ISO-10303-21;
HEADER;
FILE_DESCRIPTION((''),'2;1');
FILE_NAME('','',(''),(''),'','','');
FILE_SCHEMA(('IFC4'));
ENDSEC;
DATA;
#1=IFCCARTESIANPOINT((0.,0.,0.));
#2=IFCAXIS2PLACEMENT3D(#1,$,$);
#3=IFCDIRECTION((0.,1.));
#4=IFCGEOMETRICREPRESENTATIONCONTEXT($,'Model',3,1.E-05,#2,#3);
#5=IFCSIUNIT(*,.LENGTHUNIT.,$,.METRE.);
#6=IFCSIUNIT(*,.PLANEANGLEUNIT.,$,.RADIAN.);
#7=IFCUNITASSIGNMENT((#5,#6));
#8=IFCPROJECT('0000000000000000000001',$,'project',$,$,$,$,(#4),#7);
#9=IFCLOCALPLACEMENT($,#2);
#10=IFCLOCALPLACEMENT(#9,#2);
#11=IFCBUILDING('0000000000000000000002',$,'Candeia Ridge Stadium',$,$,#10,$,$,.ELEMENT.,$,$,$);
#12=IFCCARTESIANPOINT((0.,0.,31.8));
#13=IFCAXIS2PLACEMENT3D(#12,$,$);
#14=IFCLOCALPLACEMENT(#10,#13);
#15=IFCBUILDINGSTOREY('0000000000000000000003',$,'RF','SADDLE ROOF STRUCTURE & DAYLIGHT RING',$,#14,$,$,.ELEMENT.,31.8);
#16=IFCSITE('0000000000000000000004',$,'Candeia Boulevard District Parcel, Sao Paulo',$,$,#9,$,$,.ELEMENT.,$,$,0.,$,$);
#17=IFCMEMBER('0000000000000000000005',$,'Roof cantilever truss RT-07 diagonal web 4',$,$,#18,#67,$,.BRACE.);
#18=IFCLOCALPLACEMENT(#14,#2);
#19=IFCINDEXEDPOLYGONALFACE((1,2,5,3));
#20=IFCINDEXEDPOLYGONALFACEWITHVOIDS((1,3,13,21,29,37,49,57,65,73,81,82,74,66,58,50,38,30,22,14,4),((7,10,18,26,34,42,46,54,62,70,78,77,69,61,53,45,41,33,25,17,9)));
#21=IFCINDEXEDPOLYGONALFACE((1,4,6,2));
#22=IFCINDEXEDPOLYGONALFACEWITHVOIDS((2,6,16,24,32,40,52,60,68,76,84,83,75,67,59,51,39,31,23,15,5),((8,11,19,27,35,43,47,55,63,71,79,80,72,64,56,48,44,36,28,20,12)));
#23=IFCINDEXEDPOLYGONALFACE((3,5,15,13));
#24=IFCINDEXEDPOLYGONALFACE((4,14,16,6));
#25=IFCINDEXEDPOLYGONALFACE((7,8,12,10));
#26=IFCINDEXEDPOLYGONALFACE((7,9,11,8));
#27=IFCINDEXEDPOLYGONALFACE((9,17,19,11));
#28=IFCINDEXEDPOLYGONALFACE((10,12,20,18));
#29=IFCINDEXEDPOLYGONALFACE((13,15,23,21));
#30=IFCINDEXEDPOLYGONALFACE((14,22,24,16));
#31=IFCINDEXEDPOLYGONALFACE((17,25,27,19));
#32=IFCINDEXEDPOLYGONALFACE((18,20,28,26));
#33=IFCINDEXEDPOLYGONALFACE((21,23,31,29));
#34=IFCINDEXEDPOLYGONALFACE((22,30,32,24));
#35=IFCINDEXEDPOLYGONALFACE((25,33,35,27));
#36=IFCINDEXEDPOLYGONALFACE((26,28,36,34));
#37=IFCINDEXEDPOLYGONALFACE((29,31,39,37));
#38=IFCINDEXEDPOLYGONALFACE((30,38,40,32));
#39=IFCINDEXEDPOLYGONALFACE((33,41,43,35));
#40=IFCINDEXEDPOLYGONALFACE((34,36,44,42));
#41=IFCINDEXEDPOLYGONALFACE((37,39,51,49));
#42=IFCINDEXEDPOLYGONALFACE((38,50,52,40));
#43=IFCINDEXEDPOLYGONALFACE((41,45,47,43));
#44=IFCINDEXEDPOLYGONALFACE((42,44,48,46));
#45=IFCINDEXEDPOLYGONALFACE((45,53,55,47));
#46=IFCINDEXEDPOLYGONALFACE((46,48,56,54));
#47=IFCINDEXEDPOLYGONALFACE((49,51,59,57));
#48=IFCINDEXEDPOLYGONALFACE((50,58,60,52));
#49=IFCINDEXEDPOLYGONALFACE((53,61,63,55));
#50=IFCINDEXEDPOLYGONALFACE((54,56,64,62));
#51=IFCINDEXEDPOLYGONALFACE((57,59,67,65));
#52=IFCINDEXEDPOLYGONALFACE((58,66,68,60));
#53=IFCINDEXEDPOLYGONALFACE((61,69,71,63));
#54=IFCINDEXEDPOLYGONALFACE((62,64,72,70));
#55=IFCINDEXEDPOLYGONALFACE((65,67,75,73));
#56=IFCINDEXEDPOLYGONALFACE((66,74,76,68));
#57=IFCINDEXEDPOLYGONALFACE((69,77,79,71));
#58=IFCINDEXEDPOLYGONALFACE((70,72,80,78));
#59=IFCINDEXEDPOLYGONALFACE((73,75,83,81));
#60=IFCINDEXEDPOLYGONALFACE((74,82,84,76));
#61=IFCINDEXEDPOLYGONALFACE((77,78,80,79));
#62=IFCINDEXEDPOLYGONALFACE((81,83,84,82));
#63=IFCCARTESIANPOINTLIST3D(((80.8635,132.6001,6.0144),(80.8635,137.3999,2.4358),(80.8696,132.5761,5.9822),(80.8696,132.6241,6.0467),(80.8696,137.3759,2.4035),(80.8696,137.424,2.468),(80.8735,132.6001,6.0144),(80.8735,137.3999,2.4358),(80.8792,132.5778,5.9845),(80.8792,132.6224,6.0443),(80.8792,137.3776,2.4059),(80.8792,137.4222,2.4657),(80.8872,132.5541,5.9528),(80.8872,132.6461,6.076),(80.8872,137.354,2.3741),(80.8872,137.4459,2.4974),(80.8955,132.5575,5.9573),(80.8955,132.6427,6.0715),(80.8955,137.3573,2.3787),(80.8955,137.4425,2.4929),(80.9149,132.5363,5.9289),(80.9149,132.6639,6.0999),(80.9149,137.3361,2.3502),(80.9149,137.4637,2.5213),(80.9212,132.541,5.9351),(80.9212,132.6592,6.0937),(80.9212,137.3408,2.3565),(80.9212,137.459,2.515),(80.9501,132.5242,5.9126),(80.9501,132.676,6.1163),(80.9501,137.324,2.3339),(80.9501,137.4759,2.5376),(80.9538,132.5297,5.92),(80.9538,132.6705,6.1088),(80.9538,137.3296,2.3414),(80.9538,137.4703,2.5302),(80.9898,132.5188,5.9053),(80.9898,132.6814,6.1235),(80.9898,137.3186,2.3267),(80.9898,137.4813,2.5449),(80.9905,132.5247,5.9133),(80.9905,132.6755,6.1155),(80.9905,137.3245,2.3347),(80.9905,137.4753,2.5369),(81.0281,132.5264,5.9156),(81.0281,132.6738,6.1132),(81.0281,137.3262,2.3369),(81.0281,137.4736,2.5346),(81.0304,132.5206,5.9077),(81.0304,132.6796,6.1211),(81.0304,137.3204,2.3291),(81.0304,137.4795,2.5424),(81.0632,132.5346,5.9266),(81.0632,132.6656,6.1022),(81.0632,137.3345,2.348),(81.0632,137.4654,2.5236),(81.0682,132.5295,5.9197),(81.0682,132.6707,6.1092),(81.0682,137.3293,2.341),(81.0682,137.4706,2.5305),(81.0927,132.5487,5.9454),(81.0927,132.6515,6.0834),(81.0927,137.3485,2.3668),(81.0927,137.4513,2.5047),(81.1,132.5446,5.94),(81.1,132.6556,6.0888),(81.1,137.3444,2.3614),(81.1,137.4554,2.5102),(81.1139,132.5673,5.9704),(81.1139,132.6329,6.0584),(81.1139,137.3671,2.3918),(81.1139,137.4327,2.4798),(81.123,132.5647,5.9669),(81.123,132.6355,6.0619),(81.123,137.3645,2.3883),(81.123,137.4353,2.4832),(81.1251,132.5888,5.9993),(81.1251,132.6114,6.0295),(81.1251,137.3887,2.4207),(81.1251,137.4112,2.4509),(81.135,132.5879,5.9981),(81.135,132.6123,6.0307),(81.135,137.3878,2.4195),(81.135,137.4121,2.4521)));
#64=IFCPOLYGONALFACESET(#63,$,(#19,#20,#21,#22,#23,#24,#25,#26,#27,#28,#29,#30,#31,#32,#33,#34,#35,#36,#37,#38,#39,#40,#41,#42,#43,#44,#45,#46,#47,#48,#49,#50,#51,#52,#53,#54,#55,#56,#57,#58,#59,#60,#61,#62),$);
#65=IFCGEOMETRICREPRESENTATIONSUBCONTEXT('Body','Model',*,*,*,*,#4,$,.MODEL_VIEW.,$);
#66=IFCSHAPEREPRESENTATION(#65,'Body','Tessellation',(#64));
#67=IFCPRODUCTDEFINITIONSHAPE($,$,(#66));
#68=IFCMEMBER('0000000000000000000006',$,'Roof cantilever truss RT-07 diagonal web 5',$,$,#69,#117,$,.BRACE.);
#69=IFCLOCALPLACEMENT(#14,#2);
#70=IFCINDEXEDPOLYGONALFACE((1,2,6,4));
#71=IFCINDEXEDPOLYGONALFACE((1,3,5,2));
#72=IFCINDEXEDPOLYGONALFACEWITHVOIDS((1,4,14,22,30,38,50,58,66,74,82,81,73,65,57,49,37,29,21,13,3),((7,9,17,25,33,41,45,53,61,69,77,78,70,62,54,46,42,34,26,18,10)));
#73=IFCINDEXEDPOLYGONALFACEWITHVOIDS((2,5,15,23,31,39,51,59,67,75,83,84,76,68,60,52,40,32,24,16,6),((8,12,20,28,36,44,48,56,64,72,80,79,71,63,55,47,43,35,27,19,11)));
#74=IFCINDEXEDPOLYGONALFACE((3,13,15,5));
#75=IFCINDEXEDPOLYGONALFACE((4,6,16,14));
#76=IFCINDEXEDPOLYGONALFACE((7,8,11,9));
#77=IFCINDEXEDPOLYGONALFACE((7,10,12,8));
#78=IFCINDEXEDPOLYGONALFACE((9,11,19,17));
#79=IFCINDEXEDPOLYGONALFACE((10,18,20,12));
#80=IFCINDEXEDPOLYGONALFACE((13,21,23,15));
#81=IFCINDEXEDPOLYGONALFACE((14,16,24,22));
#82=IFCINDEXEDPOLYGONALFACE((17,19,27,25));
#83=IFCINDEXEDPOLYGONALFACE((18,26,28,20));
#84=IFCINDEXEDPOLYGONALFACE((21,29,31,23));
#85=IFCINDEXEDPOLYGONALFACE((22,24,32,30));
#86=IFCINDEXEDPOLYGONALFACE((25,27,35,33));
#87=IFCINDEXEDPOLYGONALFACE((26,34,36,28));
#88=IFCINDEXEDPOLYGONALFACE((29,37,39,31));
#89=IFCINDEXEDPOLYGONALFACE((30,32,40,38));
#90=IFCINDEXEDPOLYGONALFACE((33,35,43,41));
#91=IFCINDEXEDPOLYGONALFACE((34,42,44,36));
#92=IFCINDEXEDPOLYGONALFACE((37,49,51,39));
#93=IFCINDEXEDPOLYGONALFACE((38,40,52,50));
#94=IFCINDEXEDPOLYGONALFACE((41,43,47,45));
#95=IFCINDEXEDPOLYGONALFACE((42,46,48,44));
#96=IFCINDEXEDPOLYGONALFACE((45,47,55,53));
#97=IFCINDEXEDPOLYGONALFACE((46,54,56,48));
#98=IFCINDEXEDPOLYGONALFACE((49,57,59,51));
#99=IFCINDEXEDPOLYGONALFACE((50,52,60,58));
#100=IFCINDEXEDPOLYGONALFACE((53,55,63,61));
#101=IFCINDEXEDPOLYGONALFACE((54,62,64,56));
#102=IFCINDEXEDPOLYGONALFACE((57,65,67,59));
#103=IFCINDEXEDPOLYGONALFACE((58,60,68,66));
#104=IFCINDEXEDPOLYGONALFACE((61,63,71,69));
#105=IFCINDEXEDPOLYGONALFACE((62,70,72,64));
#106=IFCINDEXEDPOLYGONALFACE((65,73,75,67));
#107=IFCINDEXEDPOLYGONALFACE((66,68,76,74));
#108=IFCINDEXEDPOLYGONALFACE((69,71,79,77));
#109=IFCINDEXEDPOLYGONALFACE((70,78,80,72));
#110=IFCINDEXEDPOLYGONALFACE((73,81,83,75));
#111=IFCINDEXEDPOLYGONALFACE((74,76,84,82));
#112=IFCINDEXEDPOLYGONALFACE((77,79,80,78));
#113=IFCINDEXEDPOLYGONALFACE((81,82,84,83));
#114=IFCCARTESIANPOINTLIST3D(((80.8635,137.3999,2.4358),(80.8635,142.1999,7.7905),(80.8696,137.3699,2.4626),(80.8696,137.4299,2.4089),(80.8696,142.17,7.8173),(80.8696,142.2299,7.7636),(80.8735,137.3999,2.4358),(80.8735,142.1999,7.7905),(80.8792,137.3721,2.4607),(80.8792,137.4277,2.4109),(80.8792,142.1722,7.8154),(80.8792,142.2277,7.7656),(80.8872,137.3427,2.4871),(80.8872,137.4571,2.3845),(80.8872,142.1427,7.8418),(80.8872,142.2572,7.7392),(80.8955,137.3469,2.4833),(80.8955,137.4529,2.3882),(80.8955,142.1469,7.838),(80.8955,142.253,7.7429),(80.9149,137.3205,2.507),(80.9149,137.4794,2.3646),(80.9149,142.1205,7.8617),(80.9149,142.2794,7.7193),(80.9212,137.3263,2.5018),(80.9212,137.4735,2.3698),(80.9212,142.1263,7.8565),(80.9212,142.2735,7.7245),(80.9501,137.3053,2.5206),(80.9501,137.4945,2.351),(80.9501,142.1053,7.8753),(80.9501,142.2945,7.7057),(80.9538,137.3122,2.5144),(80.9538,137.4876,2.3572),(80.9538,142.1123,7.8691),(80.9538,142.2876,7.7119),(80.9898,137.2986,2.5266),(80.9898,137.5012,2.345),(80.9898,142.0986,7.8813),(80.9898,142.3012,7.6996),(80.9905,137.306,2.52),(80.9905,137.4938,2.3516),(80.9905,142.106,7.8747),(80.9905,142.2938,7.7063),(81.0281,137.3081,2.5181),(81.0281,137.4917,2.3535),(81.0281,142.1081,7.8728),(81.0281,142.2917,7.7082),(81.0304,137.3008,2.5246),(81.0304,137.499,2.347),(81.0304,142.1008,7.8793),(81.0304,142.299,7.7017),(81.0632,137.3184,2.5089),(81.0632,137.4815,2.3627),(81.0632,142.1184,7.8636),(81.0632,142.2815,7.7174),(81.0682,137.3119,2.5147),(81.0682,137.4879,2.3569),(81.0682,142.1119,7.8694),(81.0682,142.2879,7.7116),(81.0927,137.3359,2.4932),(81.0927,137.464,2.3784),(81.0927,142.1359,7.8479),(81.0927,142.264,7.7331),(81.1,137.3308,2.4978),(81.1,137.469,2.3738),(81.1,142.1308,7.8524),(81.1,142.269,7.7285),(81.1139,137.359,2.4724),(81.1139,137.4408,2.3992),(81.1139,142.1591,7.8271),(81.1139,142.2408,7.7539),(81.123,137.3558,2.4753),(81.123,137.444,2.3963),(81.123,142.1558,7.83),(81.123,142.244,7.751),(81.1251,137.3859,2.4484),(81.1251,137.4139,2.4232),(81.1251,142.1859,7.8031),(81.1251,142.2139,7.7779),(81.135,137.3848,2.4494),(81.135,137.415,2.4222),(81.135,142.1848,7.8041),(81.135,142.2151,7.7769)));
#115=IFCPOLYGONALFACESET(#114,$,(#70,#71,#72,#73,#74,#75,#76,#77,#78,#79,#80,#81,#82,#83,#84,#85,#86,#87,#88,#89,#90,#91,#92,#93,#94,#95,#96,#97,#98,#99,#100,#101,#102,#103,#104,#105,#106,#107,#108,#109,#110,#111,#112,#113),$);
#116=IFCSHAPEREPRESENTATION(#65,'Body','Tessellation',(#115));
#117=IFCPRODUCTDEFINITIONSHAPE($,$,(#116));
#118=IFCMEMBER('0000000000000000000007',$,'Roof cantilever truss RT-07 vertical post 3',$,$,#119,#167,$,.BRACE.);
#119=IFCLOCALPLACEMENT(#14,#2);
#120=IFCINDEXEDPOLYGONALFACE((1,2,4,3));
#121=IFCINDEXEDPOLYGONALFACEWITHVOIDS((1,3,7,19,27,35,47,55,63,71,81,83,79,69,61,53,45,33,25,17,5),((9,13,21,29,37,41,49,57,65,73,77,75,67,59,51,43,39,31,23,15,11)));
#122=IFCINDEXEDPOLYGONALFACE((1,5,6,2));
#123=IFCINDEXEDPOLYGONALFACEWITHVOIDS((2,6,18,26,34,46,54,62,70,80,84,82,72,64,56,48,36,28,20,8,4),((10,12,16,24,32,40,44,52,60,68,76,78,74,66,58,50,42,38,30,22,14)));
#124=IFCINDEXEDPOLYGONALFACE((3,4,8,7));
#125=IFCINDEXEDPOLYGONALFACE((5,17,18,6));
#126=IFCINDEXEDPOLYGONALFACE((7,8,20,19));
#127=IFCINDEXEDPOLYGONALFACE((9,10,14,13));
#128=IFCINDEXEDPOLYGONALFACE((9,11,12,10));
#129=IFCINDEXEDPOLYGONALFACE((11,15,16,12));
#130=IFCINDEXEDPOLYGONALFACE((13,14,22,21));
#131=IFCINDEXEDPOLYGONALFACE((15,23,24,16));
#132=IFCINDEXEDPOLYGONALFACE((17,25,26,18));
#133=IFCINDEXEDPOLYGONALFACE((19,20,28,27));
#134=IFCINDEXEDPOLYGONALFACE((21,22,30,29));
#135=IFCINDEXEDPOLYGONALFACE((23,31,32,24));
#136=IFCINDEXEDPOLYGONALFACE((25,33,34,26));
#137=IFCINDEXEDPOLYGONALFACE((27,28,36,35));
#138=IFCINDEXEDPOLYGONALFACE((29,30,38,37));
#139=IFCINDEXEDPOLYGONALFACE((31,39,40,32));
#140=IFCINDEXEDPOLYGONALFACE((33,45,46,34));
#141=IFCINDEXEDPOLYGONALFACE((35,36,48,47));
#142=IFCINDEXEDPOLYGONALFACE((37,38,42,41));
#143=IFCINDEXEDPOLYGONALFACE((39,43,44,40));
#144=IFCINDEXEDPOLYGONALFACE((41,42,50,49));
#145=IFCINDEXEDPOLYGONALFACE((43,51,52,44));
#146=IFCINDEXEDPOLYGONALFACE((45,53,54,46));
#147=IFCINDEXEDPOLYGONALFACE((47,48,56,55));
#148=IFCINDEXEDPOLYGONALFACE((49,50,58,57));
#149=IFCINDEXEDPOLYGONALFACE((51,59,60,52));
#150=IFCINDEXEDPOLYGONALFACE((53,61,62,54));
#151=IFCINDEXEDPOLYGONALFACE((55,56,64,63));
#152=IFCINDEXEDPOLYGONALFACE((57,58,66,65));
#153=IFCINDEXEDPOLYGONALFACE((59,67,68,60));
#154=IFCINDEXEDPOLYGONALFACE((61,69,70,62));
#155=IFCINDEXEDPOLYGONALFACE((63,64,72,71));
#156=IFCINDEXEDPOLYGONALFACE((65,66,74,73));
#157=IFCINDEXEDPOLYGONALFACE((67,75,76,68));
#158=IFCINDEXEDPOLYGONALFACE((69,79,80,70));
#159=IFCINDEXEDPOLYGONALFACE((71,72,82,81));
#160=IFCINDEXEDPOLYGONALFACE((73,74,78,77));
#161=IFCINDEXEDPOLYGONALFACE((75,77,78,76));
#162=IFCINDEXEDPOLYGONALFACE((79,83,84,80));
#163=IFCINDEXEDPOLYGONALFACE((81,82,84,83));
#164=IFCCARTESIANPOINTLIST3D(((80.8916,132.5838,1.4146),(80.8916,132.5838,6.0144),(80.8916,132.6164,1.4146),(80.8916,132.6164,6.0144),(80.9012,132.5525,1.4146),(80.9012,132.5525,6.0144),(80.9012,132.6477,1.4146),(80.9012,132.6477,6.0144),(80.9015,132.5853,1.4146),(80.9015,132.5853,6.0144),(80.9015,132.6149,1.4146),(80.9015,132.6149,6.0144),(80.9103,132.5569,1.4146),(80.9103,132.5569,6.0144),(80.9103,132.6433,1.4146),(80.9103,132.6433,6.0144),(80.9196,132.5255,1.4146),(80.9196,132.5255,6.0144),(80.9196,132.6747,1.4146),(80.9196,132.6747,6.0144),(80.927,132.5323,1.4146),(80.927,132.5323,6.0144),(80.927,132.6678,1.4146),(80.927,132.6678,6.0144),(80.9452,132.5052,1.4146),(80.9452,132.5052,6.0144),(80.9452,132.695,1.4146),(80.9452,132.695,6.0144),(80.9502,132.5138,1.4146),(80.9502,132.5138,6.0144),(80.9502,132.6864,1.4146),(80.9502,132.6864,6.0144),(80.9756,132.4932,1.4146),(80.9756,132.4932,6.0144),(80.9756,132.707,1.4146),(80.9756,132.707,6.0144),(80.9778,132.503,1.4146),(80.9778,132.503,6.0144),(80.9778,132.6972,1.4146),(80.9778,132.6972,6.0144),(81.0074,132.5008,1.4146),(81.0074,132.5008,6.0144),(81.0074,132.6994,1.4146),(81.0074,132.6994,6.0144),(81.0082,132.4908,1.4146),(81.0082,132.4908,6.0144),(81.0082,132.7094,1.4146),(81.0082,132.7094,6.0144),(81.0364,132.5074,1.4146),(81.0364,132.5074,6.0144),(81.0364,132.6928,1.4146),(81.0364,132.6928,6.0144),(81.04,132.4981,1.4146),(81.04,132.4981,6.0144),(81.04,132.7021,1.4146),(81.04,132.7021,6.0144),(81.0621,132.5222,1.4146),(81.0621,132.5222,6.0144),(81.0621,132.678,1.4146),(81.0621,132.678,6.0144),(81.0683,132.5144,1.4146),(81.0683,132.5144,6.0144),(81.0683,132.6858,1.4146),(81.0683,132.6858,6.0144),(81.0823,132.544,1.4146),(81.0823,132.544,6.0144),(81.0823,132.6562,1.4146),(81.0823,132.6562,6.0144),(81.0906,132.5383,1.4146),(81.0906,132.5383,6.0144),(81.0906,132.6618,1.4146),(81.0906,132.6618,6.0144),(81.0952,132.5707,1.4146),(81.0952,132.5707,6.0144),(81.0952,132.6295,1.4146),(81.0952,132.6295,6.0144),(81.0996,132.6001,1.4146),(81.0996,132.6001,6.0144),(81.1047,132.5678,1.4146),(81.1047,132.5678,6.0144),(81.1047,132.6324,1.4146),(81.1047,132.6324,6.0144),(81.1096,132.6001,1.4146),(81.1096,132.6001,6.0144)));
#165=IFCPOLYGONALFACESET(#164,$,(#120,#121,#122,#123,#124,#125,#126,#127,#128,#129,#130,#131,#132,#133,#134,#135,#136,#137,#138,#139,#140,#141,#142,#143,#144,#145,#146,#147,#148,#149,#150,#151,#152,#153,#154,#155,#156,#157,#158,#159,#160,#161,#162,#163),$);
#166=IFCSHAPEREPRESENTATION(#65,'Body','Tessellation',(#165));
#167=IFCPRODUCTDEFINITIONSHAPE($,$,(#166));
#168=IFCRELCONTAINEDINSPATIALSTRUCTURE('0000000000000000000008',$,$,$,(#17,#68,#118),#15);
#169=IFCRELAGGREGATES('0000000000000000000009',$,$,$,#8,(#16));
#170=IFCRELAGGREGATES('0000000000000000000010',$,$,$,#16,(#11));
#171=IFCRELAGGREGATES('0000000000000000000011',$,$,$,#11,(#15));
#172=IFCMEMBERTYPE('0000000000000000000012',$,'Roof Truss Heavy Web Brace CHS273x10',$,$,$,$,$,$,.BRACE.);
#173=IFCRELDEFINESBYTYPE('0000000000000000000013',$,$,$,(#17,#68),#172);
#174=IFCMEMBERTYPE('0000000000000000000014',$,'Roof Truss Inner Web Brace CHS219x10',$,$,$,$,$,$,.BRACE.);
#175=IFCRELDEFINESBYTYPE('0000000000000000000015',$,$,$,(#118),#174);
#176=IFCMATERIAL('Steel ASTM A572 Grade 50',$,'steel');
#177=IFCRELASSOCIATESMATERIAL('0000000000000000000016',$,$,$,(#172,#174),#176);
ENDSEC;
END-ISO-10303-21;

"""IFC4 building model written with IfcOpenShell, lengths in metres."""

from ifc_helpers import new_model, si_unit, direction, frame, origin, origin_2d, place, context, subcontext, project, spatial, hollow_circle, extrude, material, material_profile, profile_set, type_object, element, save


model = new_model("IFC4")

# Units and contexts
model_context = context("Model", 3, precision=1e-05, world=origin(), true_north=direction((0.0, 1.0)))
body_context = subcontext(model_context, "Body", "Model", "MODEL_VIEW")
ifc_project = project(units=[si_unit("LENGTHUNIT", "METRE"), si_unit("PLANEANGLEUNIT", "RADIAN")], contexts=[model_context])

# Site, building, storey
site_placement = place(None, origin())
site = spatial("IfcSite", under=ifc_project, at=site_placement, Name="Candeia Boulevard District Parcel, Sao Paulo", CompositionType="ELEMENT", RefElevation=0.0)
building_placement = place(site_placement, origin())
building = spatial("IfcBuilding", under=site, at=building_placement, Name="Candeia Ridge Stadium", CompositionType="ELEMENT")
storey_placement = place(building_placement, frame((0.0, 0.0, 31.8)))
storey = spatial("IfcBuildingStorey", under=building, at=storey_placement, Name="RF", Description="SADDLE ROOF STRUCTURE & DAYLIGHT RING", CompositionType="ELEMENT", Elevation=31.8)

# Shared definitions
ifc_material_1 = material(Name="Steel ASTM A572 Grade 50", Category="steel")

# Members
ifc_material_profile_1 = material_profile(ifc_material_1, hollow_circle(Radius=0.1365, WallThickness=0.01, at=origin_2d()), Name="CHS273x10", Category="steel")
ifc_profile_set_1 = profile_set([ifc_material_profile_1], Name="Steel ASTM A572 Grade 50")
member_type_1 = type_object("IfcMemberType", Name="Roof Truss Heavy Web Brace CHS273x10", PredefinedType="BRACE", material=ifc_profile_set_1)
member_1_placement = place(storey_placement, frame((81.0, 132.6001, 6.0144), z_axis=(0.0, 0.8017, -0.597727), x_axis=(-1.0, 0.0, 0.0)))
element("IfcMember", 1, at=member_1_placement, inside=storey, type_object=member_type_1, Name="Roof cantilever truss RT-07 diagonal web 4", PredefinedType="BRACE", context=body_context, shape_type="SweptSolid", body=[
    extrude(hollow_circle(Radius=0.1365, WallThickness=0.01, at=origin_2d()), origin(), (0.0, 0.0, 1.0), 5.9871),
])
member_2_placement = place(storey_placement, frame((81.0, 137.3999, 2.4358), z_axis=(0.0, 0.667487, 0.744621), x_axis=(-1.0, 0.0, 0.0)))
element("IfcMember", 2, at=member_2_placement, inside=storey, type_object=member_type_1, Name="Roof cantilever truss RT-07 diagonal web 5", PredefinedType="BRACE", context=body_context, shape_type="SweptSolid", body=[
    extrude(hollow_circle(Radius=0.1365, WallThickness=0.01, at=origin_2d()), origin(), (0.0, 0.0, 1.0), 7.1912),
])
ifc_material_profile_2 = material_profile(ifc_material_1, hollow_circle(Radius=0.1096, WallThickness=0.01, at=origin_2d()), Name="CHS219x10", Category="steel")
ifc_profile_set_2 = profile_set([ifc_material_profile_2], Name="Steel ASTM A572 Grade 50")
member_type_2 = type_object("IfcMemberType", Name="Roof Truss Inner Web Brace CHS219x10", PredefinedType="BRACE", material=ifc_profile_set_2)
member_3_placement = place(storey_placement, frame((81.0, 132.6001, 1.4146), z_axis=(0.0, 0.0, 1.0), x_axis=(1.0, 0.0, 0.0)))
element("IfcMember", 3, at=member_3_placement, inside=storey, type_object=member_type_2, Name="Roof cantilever truss RT-07 vertical post 3", PredefinedType="BRACE", context=body_context, shape_type="SweptSolid", body=[
    extrude(hollow_circle(Radius=0.1096, WallThickness=0.01, at=origin_2d()), origin(), (0.0, 0.0, 1.0), 4.5999),
])

save(model, "model.ifc")
